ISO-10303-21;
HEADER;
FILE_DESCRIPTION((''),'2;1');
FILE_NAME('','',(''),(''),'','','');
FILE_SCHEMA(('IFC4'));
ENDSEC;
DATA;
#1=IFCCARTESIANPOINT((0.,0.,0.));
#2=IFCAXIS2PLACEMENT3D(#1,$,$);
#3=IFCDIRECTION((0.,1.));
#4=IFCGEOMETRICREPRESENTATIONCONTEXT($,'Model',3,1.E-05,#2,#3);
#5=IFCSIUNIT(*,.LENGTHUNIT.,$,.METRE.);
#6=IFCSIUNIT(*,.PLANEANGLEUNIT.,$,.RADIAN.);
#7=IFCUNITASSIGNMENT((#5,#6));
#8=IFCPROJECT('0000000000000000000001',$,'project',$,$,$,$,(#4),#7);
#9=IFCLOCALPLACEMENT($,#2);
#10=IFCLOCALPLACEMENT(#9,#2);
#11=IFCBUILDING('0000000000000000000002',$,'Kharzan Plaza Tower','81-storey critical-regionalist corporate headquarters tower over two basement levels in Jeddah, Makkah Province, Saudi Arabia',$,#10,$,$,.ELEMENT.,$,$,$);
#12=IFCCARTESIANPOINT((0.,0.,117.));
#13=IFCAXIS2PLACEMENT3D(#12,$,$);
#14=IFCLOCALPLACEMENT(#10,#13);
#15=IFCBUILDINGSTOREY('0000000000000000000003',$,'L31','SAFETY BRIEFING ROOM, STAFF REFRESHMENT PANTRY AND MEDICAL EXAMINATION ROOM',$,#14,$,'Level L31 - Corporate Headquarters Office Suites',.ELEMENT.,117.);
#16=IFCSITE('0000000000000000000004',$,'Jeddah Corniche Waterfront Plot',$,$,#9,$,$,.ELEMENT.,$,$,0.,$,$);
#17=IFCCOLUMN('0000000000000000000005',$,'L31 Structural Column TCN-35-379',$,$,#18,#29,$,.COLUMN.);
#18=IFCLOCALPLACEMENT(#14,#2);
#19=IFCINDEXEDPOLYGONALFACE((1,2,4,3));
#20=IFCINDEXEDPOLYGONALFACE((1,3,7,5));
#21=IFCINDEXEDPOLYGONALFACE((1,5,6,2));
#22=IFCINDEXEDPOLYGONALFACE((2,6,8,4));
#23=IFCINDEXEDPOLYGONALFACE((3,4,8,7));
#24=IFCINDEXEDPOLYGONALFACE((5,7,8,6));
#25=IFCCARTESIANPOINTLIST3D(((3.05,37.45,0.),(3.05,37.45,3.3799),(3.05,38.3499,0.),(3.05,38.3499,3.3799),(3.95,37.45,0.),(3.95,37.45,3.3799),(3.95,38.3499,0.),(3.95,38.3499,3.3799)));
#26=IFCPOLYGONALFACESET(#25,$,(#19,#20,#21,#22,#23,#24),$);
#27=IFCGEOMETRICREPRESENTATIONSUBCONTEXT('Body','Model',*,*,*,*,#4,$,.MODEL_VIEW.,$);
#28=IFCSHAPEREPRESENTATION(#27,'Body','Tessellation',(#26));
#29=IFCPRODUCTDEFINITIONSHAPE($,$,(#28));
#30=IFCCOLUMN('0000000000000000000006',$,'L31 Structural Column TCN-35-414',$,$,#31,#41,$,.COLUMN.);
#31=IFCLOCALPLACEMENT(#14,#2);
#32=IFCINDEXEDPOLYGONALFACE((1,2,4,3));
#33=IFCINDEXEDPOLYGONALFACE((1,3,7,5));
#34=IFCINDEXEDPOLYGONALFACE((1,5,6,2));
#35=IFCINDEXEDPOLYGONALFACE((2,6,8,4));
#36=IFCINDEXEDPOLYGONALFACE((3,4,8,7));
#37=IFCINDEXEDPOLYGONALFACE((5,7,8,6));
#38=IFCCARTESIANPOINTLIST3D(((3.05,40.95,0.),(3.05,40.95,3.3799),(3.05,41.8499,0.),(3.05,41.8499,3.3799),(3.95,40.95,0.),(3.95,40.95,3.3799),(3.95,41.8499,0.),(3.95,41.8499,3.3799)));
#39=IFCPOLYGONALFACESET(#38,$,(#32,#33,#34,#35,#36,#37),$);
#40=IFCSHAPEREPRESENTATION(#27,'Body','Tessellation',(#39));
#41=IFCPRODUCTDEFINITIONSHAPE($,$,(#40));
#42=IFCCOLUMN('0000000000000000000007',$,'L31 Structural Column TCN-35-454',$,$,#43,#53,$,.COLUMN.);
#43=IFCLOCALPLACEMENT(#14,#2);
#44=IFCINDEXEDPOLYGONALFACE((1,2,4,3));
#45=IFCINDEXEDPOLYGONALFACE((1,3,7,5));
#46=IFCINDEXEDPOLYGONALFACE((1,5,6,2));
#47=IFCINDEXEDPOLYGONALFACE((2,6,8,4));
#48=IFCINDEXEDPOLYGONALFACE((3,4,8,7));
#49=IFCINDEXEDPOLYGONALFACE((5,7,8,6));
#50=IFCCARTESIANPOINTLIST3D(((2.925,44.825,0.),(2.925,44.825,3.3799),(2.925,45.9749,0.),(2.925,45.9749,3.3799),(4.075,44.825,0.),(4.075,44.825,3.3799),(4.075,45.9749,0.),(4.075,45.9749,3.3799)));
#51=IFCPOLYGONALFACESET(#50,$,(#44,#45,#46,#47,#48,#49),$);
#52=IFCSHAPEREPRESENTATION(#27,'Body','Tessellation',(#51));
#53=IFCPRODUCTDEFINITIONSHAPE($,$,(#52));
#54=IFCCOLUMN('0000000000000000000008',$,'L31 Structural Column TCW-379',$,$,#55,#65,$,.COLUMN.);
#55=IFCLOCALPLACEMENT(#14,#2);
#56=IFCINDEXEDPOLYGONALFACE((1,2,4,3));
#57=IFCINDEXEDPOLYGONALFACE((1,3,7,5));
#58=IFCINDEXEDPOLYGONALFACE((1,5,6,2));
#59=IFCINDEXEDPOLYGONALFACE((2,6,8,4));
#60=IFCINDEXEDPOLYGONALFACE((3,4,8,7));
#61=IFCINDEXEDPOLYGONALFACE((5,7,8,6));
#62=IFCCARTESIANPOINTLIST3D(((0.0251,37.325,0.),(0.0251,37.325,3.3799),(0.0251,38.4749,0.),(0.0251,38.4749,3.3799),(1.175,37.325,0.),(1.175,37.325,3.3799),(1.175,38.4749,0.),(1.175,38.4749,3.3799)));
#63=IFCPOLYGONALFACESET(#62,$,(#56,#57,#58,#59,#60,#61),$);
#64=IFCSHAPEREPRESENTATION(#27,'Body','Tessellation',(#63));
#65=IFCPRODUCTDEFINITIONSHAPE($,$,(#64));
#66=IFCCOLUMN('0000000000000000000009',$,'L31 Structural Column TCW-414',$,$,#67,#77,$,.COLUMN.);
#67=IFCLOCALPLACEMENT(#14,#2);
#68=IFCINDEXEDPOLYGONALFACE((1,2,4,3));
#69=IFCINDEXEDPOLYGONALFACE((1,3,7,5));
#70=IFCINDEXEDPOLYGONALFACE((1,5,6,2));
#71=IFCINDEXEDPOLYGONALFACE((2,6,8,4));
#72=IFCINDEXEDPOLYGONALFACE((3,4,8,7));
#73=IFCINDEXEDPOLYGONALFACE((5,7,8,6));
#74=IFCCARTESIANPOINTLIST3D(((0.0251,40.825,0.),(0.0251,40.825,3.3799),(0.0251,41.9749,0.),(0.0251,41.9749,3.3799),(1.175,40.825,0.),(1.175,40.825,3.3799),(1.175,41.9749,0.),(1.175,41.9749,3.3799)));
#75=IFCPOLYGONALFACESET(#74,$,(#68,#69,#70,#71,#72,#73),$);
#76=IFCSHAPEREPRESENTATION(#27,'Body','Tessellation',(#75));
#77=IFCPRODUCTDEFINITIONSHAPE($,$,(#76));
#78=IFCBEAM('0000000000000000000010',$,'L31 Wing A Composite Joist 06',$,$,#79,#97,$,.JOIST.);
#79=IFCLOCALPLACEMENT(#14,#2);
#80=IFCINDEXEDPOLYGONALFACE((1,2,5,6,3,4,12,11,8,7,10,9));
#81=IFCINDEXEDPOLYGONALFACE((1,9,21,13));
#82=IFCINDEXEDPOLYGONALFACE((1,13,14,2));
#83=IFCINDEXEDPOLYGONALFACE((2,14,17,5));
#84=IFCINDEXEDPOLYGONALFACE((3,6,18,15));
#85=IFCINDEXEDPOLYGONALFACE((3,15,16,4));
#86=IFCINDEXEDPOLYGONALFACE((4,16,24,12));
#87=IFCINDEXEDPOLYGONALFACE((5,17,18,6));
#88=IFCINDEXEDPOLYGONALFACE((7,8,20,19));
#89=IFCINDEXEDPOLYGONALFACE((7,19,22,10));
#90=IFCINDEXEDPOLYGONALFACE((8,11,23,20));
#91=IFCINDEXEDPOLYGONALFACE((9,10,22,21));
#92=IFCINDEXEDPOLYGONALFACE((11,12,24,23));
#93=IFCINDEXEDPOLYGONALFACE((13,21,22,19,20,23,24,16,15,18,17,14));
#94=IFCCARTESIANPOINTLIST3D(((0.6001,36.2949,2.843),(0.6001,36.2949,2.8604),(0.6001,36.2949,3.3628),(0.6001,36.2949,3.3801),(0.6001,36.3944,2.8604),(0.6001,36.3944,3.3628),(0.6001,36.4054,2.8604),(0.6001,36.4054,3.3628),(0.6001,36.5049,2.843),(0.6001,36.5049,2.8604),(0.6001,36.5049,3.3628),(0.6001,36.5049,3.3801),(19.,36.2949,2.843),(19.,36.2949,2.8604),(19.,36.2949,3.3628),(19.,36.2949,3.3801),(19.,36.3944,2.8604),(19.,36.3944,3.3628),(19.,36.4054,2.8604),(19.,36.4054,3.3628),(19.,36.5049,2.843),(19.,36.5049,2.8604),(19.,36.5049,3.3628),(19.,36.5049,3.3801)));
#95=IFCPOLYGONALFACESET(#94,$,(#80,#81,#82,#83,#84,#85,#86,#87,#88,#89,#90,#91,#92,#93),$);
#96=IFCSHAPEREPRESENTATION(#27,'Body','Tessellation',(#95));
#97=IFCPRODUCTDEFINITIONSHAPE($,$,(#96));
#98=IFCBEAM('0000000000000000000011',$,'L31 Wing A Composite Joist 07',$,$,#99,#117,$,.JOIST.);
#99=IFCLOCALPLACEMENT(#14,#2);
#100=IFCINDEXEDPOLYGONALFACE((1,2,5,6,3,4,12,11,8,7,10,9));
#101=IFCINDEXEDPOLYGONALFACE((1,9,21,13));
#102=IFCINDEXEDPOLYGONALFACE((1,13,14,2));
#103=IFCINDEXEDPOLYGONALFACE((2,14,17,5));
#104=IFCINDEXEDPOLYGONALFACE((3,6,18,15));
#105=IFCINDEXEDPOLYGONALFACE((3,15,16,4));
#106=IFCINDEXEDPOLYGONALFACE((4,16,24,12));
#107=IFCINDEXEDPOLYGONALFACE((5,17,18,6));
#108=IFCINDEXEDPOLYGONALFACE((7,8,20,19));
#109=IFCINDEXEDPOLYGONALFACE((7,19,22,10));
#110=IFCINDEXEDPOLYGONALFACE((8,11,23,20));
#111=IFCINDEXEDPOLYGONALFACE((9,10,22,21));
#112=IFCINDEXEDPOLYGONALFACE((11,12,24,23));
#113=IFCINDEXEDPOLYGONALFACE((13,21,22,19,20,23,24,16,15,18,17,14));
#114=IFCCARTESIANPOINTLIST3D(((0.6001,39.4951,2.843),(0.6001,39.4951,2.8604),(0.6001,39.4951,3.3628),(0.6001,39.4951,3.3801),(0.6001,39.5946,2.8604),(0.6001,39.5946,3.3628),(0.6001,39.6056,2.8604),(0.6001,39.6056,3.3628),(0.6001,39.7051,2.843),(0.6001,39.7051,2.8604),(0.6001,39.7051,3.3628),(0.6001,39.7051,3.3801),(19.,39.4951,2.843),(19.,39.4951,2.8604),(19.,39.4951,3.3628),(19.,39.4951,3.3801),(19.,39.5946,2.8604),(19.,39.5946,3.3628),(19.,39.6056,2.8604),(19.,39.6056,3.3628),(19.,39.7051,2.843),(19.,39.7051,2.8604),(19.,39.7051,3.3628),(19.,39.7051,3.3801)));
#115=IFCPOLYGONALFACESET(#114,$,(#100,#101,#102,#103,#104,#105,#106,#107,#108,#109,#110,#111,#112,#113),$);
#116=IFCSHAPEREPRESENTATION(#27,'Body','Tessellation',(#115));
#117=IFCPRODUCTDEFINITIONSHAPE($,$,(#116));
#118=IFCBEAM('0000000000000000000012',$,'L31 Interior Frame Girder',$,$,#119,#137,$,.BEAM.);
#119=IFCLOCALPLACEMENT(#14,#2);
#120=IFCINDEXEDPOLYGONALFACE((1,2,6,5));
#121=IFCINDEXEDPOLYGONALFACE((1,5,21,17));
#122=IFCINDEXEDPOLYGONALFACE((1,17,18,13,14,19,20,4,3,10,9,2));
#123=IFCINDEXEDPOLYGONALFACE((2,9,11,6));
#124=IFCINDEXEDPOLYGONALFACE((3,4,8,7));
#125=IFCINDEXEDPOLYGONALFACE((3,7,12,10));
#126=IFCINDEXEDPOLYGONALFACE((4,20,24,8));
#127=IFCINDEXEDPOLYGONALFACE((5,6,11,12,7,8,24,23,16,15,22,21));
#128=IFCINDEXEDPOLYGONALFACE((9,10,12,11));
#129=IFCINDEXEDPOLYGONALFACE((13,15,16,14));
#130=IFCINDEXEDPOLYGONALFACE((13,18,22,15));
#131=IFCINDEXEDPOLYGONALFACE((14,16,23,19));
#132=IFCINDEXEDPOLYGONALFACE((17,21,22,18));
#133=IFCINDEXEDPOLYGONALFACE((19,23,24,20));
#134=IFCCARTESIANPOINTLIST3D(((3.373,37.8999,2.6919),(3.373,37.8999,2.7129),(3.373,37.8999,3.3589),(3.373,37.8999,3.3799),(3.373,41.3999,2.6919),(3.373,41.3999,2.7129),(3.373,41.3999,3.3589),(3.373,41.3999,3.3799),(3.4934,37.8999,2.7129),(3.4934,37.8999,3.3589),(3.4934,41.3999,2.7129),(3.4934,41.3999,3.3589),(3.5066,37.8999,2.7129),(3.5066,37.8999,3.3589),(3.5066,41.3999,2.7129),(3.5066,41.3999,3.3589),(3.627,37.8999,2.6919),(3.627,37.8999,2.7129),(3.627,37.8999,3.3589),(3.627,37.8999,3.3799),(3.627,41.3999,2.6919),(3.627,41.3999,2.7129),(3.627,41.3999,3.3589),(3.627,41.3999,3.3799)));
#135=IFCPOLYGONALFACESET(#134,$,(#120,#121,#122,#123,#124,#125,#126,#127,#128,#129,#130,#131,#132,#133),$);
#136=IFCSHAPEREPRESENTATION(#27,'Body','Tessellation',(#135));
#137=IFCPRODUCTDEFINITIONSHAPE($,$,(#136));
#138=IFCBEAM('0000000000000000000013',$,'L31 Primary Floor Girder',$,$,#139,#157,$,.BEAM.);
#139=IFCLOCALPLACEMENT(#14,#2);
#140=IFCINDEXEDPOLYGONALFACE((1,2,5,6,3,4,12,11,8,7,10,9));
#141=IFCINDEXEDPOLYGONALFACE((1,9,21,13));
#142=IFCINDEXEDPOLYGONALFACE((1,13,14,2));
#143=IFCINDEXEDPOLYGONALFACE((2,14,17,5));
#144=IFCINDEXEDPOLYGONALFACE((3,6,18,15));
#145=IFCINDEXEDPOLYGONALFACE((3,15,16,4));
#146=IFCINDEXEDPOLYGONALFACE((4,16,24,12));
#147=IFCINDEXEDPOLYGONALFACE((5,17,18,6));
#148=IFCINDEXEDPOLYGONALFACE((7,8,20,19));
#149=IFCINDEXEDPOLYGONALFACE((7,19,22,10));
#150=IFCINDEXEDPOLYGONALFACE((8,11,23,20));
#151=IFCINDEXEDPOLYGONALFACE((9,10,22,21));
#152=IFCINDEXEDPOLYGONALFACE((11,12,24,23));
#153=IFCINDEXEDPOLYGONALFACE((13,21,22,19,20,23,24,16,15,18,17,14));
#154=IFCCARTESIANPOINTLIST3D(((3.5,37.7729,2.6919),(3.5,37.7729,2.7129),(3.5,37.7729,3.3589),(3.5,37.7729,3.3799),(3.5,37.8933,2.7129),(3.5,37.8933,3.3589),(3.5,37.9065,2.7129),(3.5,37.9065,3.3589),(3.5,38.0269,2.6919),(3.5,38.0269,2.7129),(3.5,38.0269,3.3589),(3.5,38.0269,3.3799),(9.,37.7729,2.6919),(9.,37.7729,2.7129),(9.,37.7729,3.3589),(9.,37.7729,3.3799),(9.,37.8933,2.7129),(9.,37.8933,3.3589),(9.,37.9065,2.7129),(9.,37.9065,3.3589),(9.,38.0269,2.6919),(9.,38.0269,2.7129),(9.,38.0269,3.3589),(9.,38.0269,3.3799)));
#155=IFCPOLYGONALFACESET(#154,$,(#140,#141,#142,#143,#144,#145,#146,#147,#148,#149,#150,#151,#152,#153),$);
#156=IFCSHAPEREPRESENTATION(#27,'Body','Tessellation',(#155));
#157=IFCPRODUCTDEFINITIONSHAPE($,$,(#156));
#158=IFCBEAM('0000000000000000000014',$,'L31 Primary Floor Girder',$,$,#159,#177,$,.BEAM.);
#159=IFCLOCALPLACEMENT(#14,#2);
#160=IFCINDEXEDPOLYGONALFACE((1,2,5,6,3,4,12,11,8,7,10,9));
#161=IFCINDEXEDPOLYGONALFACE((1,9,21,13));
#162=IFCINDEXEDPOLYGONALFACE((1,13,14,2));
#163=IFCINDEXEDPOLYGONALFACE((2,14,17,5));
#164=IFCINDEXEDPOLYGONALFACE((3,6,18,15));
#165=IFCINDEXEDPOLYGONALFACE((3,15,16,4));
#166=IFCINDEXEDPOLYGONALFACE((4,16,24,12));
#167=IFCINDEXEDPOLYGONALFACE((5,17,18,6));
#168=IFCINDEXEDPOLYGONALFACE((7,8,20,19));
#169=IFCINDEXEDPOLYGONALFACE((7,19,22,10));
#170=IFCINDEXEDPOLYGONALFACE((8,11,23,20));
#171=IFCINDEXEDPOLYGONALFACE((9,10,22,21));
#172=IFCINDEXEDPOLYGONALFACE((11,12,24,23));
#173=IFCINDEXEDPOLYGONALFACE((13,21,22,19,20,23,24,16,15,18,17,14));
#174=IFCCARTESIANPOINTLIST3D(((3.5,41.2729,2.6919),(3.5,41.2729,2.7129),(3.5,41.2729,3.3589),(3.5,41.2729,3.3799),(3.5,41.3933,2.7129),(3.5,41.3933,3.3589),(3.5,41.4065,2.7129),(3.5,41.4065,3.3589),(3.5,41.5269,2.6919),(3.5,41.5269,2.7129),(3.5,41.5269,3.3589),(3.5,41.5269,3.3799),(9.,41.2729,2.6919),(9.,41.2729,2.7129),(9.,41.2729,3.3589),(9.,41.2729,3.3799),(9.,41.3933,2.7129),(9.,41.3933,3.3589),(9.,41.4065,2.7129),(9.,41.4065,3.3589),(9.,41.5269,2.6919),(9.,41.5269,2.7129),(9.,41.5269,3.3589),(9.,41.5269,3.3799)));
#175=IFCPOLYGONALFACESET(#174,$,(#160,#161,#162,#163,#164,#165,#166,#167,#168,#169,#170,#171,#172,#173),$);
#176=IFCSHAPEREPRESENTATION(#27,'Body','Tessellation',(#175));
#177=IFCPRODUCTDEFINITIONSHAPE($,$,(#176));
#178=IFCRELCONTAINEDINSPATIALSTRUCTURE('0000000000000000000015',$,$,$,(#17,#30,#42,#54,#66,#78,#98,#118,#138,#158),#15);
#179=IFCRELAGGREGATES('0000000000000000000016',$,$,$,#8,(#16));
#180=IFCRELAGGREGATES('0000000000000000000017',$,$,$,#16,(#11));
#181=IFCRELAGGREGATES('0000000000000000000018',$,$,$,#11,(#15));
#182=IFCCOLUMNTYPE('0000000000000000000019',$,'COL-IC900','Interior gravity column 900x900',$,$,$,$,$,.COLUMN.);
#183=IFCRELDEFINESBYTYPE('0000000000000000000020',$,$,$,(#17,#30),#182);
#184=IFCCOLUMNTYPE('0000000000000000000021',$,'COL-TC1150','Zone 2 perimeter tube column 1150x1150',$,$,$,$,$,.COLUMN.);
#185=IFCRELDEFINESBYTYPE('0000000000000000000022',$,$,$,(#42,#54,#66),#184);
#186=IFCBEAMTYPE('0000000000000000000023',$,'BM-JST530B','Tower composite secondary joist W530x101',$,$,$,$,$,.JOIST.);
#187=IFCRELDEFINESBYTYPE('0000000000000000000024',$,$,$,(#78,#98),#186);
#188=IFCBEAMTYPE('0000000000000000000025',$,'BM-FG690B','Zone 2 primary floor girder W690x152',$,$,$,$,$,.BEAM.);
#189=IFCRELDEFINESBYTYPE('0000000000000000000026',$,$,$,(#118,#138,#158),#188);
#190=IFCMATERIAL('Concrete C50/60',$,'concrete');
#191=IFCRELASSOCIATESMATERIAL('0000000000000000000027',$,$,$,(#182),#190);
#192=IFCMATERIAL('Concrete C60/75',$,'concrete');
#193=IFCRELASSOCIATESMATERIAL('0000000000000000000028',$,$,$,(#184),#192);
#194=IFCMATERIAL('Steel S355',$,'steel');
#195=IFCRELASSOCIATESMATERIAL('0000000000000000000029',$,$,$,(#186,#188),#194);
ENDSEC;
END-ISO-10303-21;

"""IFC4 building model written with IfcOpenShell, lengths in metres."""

from ifc_helpers import new_model, si_unit, direction, frame, origin, origin_2d, place, context, subcontext, project, spatial, rectangle, i_section, extrude, source, transform, mapped, material, material_profile, profile_set, type_object, element, save


model = new_model("IFC4")

# Units and contexts
model_context = context("Model", 3, precision=1e-05, world=origin(), true_north=direction((0.0, 1.0)))
body_context = subcontext(model_context, "Body", "Model", "MODEL_VIEW")
ifc_project = project(units=[si_unit("LENGTHUNIT", "METRE"), si_unit("PLANEANGLEUNIT", "RADIAN")], contexts=[model_context])

# Site, building, storey
site_placement = place(None, origin())
site = spatial("IfcSite", under=ifc_project, at=site_placement, Name="Jeddah Corniche Waterfront Plot", CompositionType="ELEMENT", RefElevation=0.0)
building_placement = place(site_placement, origin())
building = spatial("IfcBuilding", under=site, at=building_placement, Name="Kharzan Plaza Tower", Description="81-storey critical-regionalist corporate headquarters tower over two basement levels in Jeddah, Makkah Province, Saudi Arabia", CompositionType="ELEMENT")
storey_placement = place(building_placement, frame((0.0, 0.0, 117.0)))
storey = spatial("IfcBuildingStorey", under=building, at=storey_placement, Name="L31", Description="SAFETY BRIEFING ROOM, STAFF REFRESHMENT PANTRY AND MEDICAL EXAMINATION ROOM", LongName="Level L31 - Corporate Headquarters Office Suites", CompositionType="ELEMENT", Elevation=117.0)

# Columns
ifc_material_1 = material(Name="Concrete C50/60", Category="concrete")
ifc_material_profile_1 = material_profile(ifc_material_1, rectangle(XDim=0.8999, YDim=0.8999, at=origin_2d()), Name="RC-IC900x900")
ifc_profile_set_1 = profile_set([ifc_material_profile_1], Name="Concrete C50/60")
column_type_1 = type_object("IfcColumnType", Name="COL-IC900", Description="Interior gravity column 900x900", PredefinedType="COLUMN", material=ifc_profile_set_1)
shared_shape_1 = source(origin(), body_context, "Body", "SweptSolid", [
    extrude(rectangle(XDim=0.8999, YDim=0.8999, at=origin_2d()), origin(), (0.0, 0.0, 1.0), 3.3799),
])
for number, where, z_axis, x_axis, name in (
    (1, (3.5, 37.8999, 0.0), (0.0, 0.0, 1.0), (1.0, 0.0, 0.0), "L31 Structural Column TCN-35-379"),
    (2, (3.5, 41.3999, 0.0), (0.0, 0.0, 1.0), (1.0, 0.0, 0.0), "L31 Structural Column TCN-35-414"),
):
    element("IfcColumn", number, at=place(storey_placement, frame(where, z_axis=z_axis, x_axis=x_axis)), inside=storey, type_object=column_type_1, Name=name, PredefinedType="COLUMN", context=body_context, shape_type="MappedRepresentation", body=[
        mapped(shared_shape_1, transform((0.0, 0.0, 0.0), x_axis=(1.0, 0.0, 0.0), y_axis=(0.0, 1.0, 0.0), z_axis=(0.0, 0.0, 1.0))),
    ])
ifc_material_2 = material(Name="Concrete C60/75", Category="concrete")
ifc_material_profile_2 = material_profile(ifc_material_2, rectangle(XDim=1.1499, YDim=1.1499, at=origin_2d()), Name="RC-TC1150x1150")
ifc_profile_set_2 = profile_set([ifc_material_profile_2], Name="Concrete C60/75")
column_type_2 = type_object("IfcColumnType", Name="COL-TC1150", Description="Zone 2 perimeter tube column 1150x1150", PredefinedType="COLUMN", material=ifc_profile_set_2)
shared_shape_2 = source(origin(), body_context, "Body", "SweptSolid", [
    extrude(rectangle(XDim=1.1499, YDim=1.1499, at=origin_2d()), origin(), (0.0, 0.0, 1.0), 3.3799),
])
for number, where, z_axis, x_axis, name in (
    (3, (3.5, 45.3999, 0.0), (0.0, 0.0, 1.0), (1.0, 0.0, 0.0), "L31 Structural Column TCN-35-454"),
    (4, (0.6001, 37.8999, 0.0), (0.0, 0.0, 1.0), (1.0, 0.0, 0.0), "L31 Structural Column TCW-379"),
    (5, (0.6001, 41.3999, 0.0), (0.0, 0.0, 1.0), (1.0, 0.0, 0.0), "L31 Structural Column TCW-414"),
):
    element("IfcColumn", number, at=place(storey_placement, frame(where, z_axis=z_axis, x_axis=x_axis)), inside=storey, type_object=column_type_2, Name=name, PredefinedType="COLUMN", context=body_context, shape_type="MappedRepresentation", body=[
        mapped(shared_shape_2, transform((0.0, 0.0, 0.0), x_axis=(1.0, 0.0, 0.0), y_axis=(0.0, 1.0, 0.0), z_axis=(0.0, 0.0, 1.0))),
    ])

# Beams
ifc_material_3 = material(Name="Steel S355", Category="steel")
ifc_material_profile_3 = material_profile(ifc_material_3, i_section(OverallWidth=0.21, OverallDepth=0.5371, WebThickness=0.011, FlangeThickness=0.0173, at=origin_2d()), Name="W530x101")
ifc_profile_set_3 = profile_set([ifc_material_profile_3], Name="Steel S355")
beam_type_1 = type_object("IfcBeamType", Name="BM-JST530B", Description="Tower composite secondary joist W530x101", PredefinedType="JOIST", material=ifc_profile_set_3)
shared_shape_3 = source(origin(), body_context, "Body", "SweptSolid", [
    extrude(i_section(OverallWidth=0.21, OverallDepth=0.5371, WebThickness=0.011, FlangeThickness=0.0173, at=origin_2d()), origin(), (0.0, 0.0, 1.0), 18.3999),
])
for number, where, z_axis, x_axis, name in (
    (6, (0.6001, 36.3999, 3.1116), (1.0, 0.0, 0.0), (0.0, 1.0, 0.0), "L31 Wing A Composite Joist 06"),
    (7, (0.6001, 39.6001, 3.1116), (1.0, 0.0, 0.0), (0.0, 1.0, 0.0), "L31 Wing A Composite Joist 07"),
):
    element("IfcBeam", number, at=place(storey_placement, frame(where, z_axis=z_axis, x_axis=x_axis)), inside=storey, type_object=beam_type_1, Name=name, PredefinedType="JOIST", context=body_context, shape_type="MappedRepresentation", body=[
        mapped(shared_shape_3, transform((0.0, 0.0, 0.0), x_axis=(1.0, 0.0, 0.0), y_axis=(0.0, 1.0, 0.0), z_axis=(0.0, 0.0, 1.0))),
    ])
ifc_material_profile_4 = material_profile(ifc_material_3, i_section(OverallWidth=0.2539, OverallDepth=0.688, WebThickness=0.0132, FlangeThickness=0.021, at=origin_2d()), Name="W690x152")
ifc_profile_set_4 = profile_set([ifc_material_profile_4], Name="Steel S355")
beam_type_2 = type_object("IfcBeamType", Name="BM-FG690B", Description="Zone 2 primary floor girder W690x152", PredefinedType="BEAM", material=ifc_profile_set_4)
shared_shape_4 = source(origin(), body_context, "Body", "SweptSolid", [
    extrude(i_section(OverallWidth=0.2539, OverallDepth=0.688, WebThickness=0.0132, FlangeThickness=0.021, at=origin_2d()), origin(), (0.0, 0.0, 1.0), 3.5),
])
beam_1_placement = place(storey_placement, frame((3.5, 37.8999, 3.0359), z_axis=(0.0, 1.0, 0.0), x_axis=(-1.0, 0.0, 0.0)))
element("IfcBeam", 8, at=beam_1_placement, inside=storey, type_object=beam_type_2, Name="L31 Interior Frame Girder", PredefinedType="BEAM", context=body_context, shape_type="MappedRepresentation", body=[
    mapped(shared_shape_4, transform((0.0, 0.0, 0.0), x_axis=(1.0, 0.0, 0.0), y_axis=(0.0, 1.0, 0.0), z_axis=(0.0, 0.0, 1.0))),
])
shared_shape_5 = source(origin(), body_context, "Body", "SweptSolid", [
    extrude(i_section(OverallWidth=0.2539, OverallDepth=0.688, WebThickness=0.0132, FlangeThickness=0.021, at=origin_2d()), origin(), (0.0, 0.0, 1.0), 5.5),
])
for number, where, z_axis, x_axis, name in (
    (9, (3.5, 37.8999, 3.0359), (1.0, 0.0, 0.0), (0.0, 1.0, 0.0), "L31 Primary Floor Girder"),
    (10, (3.5, 41.3999, 3.0359), (1.0, 0.0, 0.0), (0.0, 1.0, 0.0), "L31 Primary Floor Girder"),
):
    element("IfcBeam", number, at=place(storey_placement, frame(where, z_axis=z_axis, x_axis=x_axis)), inside=storey, type_object=beam_type_2, Name=name, PredefinedType="BEAM", context=body_context, shape_type="MappedRepresentation", body=[
        mapped(shared_shape_5, transform((0.0, 0.0, 0.0), x_axis=(1.0, 0.0, 0.0), y_axis=(0.0, 1.0, 0.0), z_axis=(0.0, 0.0, 1.0))),
    ])

save(model, "model.ifc")
